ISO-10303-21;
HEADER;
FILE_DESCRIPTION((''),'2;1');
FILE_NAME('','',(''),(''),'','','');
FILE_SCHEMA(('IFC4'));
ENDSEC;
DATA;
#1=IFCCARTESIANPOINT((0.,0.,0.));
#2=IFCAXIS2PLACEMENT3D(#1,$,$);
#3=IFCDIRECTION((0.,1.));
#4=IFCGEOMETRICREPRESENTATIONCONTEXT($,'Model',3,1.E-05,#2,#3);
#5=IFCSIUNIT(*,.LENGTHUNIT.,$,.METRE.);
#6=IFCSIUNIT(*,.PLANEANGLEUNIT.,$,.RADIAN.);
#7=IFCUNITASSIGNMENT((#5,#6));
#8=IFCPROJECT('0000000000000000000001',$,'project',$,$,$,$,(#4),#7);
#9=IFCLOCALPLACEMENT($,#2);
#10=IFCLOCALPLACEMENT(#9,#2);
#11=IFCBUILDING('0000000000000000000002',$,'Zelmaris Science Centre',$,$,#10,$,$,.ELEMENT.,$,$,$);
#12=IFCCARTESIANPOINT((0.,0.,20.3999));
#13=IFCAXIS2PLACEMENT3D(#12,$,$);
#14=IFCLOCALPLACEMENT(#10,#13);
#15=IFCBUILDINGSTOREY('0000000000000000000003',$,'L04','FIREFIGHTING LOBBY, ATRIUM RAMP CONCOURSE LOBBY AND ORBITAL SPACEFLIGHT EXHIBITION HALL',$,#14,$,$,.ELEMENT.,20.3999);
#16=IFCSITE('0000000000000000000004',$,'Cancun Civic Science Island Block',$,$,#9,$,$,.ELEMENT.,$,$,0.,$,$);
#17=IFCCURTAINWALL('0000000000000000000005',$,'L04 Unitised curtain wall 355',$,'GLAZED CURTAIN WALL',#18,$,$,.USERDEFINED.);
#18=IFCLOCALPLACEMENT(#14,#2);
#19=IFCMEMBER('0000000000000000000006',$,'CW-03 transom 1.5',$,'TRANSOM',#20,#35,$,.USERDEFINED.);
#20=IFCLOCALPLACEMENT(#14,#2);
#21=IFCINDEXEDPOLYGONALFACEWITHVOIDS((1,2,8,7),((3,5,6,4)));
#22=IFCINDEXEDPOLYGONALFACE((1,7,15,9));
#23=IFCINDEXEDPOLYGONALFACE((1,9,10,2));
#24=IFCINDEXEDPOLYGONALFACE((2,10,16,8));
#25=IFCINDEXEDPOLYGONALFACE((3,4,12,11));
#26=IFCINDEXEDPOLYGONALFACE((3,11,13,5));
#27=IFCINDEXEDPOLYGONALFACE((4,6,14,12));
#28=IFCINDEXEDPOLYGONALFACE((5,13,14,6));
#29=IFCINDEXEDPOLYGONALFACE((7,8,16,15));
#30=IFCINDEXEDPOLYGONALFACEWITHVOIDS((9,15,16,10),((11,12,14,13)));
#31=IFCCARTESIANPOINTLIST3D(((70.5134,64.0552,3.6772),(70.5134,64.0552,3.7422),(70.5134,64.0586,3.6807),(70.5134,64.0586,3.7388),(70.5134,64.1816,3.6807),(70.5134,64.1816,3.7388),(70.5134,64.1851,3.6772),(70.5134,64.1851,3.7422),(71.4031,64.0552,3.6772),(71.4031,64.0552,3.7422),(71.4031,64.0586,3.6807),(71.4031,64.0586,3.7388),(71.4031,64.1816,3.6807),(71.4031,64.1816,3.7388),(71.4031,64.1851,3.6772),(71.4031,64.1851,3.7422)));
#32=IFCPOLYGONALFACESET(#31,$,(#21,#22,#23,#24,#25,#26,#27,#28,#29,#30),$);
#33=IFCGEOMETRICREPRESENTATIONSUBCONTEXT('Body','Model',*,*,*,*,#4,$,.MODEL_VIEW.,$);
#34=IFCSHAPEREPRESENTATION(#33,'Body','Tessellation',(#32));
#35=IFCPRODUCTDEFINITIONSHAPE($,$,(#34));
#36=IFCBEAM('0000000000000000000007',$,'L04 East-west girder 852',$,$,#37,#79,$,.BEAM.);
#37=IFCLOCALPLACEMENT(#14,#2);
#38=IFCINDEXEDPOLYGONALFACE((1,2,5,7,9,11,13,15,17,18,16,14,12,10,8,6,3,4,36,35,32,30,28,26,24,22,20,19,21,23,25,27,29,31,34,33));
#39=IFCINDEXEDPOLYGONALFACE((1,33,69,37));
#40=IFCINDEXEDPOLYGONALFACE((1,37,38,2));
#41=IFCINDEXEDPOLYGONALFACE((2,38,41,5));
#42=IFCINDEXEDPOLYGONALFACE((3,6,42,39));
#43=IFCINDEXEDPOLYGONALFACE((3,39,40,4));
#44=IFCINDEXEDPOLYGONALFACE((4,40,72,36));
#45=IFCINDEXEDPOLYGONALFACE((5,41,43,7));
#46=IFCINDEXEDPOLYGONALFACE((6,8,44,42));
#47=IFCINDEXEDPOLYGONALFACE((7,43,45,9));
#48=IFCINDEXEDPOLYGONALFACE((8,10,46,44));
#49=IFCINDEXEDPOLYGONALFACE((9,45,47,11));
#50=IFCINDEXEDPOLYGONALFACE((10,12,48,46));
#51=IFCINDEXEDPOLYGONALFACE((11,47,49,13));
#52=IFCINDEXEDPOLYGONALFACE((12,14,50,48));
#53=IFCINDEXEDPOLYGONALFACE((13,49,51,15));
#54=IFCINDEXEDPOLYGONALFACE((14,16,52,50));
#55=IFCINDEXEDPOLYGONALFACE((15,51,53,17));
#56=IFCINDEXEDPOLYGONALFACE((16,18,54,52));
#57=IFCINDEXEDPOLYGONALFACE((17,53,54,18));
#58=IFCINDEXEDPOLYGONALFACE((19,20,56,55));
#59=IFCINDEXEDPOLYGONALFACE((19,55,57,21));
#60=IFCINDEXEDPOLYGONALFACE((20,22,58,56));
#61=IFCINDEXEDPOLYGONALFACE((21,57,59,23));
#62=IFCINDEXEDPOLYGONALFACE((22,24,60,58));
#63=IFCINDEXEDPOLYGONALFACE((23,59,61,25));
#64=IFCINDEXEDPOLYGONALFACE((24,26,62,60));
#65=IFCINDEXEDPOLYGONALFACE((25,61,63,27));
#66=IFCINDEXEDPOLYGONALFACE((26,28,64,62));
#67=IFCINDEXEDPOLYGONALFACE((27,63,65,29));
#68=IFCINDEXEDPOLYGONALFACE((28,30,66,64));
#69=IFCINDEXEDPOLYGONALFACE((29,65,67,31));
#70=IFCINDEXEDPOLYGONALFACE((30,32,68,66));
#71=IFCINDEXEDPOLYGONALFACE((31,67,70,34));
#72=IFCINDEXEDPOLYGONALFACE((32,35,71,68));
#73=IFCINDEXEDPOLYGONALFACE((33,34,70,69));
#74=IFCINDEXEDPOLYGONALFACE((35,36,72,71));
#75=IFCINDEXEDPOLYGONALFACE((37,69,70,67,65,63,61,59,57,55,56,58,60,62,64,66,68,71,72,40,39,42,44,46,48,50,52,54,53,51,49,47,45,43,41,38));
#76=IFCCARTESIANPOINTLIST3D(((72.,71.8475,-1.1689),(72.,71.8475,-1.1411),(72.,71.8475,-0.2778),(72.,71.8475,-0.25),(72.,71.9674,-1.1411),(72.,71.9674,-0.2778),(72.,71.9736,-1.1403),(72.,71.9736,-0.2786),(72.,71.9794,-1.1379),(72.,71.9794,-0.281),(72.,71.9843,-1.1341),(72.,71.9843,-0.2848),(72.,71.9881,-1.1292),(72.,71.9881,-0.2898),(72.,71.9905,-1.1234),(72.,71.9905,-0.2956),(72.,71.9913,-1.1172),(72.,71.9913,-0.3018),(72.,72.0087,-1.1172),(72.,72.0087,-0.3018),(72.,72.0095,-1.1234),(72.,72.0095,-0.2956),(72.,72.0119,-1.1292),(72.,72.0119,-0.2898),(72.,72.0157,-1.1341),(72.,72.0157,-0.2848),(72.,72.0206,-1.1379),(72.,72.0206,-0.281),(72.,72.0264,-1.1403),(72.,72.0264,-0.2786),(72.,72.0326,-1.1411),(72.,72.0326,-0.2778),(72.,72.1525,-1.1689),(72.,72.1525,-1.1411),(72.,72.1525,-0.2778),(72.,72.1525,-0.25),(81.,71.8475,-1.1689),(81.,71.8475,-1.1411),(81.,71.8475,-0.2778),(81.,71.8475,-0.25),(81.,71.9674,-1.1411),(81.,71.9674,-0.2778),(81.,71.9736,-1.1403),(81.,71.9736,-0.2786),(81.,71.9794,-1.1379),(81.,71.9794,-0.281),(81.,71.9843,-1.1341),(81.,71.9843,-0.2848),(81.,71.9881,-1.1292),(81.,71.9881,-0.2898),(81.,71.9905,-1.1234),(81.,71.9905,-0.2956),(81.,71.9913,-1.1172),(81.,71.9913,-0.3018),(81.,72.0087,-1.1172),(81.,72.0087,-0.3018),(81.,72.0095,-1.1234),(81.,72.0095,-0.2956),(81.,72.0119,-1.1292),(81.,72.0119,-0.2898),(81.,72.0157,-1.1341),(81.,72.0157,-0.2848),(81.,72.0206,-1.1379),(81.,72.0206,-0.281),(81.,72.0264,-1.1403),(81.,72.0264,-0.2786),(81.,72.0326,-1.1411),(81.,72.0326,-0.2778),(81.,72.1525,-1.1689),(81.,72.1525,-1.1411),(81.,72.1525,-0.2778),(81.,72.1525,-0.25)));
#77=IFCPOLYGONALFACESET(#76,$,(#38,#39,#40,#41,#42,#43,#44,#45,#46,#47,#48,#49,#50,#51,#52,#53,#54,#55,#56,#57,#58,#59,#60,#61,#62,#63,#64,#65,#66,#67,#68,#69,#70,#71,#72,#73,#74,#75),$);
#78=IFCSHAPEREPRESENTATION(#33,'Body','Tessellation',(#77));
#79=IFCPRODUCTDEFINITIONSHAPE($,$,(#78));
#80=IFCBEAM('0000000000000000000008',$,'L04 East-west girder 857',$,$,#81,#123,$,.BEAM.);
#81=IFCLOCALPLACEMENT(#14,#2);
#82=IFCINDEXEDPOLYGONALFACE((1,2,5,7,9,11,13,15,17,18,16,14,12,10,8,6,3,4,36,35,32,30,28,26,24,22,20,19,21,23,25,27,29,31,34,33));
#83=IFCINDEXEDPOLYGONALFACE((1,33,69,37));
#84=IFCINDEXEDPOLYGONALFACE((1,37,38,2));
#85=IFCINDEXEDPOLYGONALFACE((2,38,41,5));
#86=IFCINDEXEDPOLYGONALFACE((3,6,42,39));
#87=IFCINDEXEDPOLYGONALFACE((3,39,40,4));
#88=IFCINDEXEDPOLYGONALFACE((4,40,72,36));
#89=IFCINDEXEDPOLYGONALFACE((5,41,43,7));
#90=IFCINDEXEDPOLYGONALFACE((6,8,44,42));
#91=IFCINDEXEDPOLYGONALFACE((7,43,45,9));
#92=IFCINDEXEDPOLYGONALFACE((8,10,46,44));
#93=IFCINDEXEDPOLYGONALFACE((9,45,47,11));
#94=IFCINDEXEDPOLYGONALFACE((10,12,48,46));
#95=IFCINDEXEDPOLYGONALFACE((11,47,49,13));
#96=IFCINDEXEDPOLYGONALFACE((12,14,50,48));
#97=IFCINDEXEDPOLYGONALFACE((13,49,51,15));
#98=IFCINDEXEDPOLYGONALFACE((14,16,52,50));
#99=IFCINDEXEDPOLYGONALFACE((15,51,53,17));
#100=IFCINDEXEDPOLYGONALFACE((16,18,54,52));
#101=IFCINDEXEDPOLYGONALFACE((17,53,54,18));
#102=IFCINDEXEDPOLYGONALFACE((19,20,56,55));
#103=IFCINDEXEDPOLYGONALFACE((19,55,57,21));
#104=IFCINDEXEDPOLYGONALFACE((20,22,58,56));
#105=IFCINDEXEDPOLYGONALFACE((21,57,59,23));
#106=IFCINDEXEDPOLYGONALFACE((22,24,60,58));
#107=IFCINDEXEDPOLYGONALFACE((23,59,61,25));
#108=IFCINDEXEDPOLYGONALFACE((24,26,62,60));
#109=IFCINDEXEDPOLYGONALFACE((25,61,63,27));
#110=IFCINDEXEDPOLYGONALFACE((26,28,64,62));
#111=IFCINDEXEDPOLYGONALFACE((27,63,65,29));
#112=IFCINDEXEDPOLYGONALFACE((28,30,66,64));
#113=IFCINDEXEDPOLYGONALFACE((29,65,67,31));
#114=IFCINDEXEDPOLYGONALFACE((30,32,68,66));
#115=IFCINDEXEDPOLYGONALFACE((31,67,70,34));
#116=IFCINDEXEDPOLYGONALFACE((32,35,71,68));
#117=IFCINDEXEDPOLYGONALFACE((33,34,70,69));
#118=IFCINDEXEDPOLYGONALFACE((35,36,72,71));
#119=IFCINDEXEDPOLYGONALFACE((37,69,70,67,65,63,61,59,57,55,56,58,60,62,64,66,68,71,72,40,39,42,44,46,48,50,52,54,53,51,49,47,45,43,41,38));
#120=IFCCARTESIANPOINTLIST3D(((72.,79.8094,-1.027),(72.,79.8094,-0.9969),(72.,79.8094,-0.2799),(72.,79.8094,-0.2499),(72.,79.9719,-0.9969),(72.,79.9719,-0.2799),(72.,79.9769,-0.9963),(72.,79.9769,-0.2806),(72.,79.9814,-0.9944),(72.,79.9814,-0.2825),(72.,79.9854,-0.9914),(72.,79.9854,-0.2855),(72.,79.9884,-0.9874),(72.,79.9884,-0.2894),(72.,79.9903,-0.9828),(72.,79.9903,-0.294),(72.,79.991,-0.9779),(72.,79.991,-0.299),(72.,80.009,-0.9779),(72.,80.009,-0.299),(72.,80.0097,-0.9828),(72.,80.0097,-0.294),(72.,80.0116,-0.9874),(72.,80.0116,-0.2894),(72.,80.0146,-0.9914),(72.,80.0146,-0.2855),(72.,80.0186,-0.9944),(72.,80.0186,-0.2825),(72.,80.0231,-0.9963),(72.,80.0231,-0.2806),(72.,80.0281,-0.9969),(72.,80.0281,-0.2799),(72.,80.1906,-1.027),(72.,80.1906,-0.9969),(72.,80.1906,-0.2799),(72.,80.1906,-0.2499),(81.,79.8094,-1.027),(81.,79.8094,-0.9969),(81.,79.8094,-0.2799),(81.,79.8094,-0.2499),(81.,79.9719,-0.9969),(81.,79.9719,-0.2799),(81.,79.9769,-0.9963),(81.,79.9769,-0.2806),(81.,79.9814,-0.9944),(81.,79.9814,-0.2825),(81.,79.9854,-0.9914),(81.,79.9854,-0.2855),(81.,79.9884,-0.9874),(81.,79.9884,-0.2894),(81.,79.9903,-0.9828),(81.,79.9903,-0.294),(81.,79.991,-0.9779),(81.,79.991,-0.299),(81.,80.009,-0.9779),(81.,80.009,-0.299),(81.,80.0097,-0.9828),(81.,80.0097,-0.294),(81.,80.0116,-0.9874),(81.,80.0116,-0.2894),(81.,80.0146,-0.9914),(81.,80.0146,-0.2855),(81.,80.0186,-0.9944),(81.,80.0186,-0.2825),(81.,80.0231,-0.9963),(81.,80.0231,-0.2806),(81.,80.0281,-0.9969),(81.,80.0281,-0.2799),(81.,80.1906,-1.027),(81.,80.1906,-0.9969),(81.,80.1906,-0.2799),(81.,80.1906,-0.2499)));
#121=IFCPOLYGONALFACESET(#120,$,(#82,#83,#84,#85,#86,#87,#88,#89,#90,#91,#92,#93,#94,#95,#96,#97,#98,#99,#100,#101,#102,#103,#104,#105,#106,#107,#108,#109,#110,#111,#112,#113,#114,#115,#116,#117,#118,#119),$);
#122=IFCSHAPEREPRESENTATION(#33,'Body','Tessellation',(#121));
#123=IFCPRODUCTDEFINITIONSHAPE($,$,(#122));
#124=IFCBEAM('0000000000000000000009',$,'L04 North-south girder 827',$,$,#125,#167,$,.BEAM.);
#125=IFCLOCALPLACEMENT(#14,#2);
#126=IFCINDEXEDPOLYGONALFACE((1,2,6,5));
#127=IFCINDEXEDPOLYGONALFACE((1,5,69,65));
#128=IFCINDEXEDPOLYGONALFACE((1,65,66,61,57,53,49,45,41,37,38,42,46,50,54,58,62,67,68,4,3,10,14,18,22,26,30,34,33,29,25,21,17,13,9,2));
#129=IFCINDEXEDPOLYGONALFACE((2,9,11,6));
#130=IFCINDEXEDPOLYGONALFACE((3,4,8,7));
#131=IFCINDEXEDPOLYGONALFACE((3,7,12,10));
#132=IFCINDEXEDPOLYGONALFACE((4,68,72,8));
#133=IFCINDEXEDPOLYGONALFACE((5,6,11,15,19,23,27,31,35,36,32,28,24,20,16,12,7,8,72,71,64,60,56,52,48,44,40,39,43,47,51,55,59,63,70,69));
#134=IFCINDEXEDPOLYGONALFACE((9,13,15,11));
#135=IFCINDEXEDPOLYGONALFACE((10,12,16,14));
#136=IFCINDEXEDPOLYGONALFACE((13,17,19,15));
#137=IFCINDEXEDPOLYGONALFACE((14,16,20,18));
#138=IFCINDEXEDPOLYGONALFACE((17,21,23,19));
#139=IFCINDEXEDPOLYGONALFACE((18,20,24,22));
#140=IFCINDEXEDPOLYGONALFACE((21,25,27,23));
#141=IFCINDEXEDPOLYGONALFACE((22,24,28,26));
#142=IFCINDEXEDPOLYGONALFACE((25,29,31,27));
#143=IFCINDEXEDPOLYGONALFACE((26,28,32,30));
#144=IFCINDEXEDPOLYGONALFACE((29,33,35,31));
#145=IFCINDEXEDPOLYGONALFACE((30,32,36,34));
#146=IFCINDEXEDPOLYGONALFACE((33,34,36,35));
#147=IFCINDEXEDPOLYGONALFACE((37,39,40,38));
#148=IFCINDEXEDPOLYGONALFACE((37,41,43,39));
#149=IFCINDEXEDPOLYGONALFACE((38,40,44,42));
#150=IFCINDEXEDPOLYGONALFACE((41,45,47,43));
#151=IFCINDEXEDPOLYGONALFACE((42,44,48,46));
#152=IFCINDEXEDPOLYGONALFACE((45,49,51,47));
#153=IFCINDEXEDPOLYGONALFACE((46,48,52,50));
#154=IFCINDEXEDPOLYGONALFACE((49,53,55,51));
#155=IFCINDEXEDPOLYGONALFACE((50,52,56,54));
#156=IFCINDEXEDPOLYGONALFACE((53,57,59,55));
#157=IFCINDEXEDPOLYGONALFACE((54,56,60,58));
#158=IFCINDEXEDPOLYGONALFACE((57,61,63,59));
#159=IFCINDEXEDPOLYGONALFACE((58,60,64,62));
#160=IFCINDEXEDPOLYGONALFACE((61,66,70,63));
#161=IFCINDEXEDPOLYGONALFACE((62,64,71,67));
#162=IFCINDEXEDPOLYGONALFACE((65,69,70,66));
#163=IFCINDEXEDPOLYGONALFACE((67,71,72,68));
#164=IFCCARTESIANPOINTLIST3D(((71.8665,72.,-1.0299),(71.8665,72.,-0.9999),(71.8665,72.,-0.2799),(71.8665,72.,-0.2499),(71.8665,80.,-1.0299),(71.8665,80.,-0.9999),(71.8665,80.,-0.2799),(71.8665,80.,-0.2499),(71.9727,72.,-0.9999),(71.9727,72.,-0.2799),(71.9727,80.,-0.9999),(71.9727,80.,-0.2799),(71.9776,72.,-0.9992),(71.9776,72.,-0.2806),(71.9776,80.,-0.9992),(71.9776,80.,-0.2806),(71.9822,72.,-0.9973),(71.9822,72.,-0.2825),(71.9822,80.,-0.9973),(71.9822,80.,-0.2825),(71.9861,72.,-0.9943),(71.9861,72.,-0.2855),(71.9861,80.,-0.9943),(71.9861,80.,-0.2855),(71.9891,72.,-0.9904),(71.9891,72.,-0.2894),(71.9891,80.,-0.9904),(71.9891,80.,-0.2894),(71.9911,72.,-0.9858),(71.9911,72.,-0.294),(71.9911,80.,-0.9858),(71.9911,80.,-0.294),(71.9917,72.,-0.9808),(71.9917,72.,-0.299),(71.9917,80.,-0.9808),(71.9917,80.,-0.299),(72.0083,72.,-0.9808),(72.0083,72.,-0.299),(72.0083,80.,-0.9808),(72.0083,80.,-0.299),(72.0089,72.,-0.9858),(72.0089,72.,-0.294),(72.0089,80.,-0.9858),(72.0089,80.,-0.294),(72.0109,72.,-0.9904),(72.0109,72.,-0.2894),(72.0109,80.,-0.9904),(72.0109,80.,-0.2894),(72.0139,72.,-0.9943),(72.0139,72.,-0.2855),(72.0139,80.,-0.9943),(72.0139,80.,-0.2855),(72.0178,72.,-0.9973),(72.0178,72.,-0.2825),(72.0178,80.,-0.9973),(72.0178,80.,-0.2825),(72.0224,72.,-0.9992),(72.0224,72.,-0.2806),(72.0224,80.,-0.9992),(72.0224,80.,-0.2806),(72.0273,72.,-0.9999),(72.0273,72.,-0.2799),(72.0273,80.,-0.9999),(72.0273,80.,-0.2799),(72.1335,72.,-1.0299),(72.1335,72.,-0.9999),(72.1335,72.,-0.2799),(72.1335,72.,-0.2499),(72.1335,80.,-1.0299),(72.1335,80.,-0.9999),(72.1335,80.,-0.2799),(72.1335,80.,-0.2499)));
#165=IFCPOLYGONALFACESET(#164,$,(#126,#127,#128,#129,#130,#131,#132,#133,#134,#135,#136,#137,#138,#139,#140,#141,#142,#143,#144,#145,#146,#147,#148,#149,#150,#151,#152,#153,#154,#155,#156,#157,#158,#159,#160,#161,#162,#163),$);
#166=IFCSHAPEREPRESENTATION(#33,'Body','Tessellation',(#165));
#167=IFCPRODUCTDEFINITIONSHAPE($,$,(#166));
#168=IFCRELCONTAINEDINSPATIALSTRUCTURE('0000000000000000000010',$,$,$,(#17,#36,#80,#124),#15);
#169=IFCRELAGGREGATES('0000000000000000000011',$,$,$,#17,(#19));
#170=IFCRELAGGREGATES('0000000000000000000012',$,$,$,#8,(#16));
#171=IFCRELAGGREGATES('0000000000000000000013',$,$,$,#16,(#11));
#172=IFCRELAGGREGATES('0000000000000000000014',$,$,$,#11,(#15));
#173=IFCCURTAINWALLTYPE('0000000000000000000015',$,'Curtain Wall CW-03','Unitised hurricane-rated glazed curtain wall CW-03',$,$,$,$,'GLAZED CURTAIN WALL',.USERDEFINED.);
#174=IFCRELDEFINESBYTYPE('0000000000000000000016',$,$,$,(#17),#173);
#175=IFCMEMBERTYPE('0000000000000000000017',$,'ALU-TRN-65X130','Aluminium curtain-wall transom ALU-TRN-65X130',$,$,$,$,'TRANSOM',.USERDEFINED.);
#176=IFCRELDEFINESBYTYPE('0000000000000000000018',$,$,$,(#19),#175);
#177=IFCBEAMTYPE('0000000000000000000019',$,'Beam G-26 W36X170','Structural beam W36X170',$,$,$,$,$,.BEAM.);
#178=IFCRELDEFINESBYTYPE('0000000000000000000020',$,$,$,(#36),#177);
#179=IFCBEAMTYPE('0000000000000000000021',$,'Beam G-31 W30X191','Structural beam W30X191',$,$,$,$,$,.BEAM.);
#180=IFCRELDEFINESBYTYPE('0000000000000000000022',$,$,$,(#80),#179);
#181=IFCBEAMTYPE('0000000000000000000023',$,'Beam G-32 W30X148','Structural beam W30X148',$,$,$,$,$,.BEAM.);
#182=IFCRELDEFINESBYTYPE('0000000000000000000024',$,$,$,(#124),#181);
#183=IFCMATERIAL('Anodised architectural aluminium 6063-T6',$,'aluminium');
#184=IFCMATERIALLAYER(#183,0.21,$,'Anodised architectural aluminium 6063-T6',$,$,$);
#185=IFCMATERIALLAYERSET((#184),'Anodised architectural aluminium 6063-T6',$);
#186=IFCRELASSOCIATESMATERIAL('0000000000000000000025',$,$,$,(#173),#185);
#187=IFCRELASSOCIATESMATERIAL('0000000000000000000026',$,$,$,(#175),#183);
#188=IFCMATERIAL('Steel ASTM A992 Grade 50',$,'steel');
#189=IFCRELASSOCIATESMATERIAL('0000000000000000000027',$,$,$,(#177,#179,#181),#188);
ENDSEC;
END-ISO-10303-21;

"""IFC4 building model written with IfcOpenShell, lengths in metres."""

from ifc_helpers import new_model, si_unit, direction, frame, origin, origin_2d, place, context, subcontext, project, spatial, hollow_rectangle, i_section, extrude, material, layer, layer_set, material_profile, profile_set, type_object, element, aggregate, save


model = new_model("IFC4")

# Units and contexts
model_context = context("Model", 3, precision=1e-05, world=origin(), true_north=direction((0.0, 1.0)))
body_context = subcontext(model_context, "Body", "Model", "MODEL_VIEW")
ifc_project = project(units=[si_unit("LENGTHUNIT", "METRE"), si_unit("PLANEANGLEUNIT", "RADIAN")], contexts=[model_context])

# Site, building, storey
site_placement = place(None, origin())
site = spatial("IfcSite", under=ifc_project, at=site_placement, Name="Cancun Civic Science Island Block", CompositionType="ELEMENT", RefElevation=0.0)
building_placement = place(site_placement, origin())
building = spatial("IfcBuilding", under=site, at=building_placement, Name="Zelmaris Science Centre", CompositionType="ELEMENT")
storey_placement = place(building_placement, frame((0.0, 0.0, 20.3999)))
storey = spatial("IfcBuildingStorey", under=building, at=storey_placement, Name="L04", Description="FIREFIGHTING LOBBY, ATRIUM RAMP CONCOURSE LOBBY AND ORBITAL SPACEFLIGHT EXHIBITION HALL", CompositionType="ELEMENT", Elevation=20.3999)

# Shared definitions
ifc_material_1 = material(Name="Steel ASTM A992 Grade 50", Category="steel")

# Curtain wall, member
ifc_material_2 = material(Name="Anodised architectural aluminium 6063-T6", Category="aluminium")
ifc_layer_1 = layer(ifc_material_2, 0.21, Name="Anodised architectural aluminium 6063-T6")
ifc_layer_set_1 = layer_set([ifc_layer_1], Name="Anodised architectural aluminium 6063-T6")
curtain_wall_type = type_object("IfcCurtainWallType", Name="Curtain Wall CW-03", Description="Unitised hurricane-rated glazed curtain wall CW-03", ElementType="GLAZED CURTAIN WALL", PredefinedType="USERDEFINED", material=ifc_layer_set_1)
curtain_wall_placement = place(storey_placement, origin())
curtain_wall = element("IfcCurtainWall", 1, at=curtain_wall_placement, inside=storey, type_object=curtain_wall_type, Name="L04 Unitised curtain wall 355", ObjectType="GLAZED CURTAIN WALL", PredefinedType="USERDEFINED")
ifc_material_profile_1 = material_profile(ifc_material_2, hollow_rectangle(XDim=0.0649, YDim=0.1299, WallThickness=0.0034, at=origin_2d()), Name="ALU-TRN-65X130")
ifc_profile_set_1 = profile_set([ifc_material_profile_1], Name="Anodised architectural aluminium 6063-T6")
member_type_1 = type_object("IfcMemberType", Name="ALU-TRN-65X130", Description="Aluminium curtain-wall transom ALU-TRN-65X130", ElementType="TRANSOM", PredefinedType="USERDEFINED", material=ifc_profile_set_1)
member_1_placement = place(storey_placement, frame((71.4031, 64.1201, 3.7097), z_axis=(-1.0, 0.0, 0.0), x_axis=(0.0, 0.0, 1.0)))
member_1 = element("IfcMember", 2, at=member_1_placement, type_object=member_type_1, Name="CW-03 transom 1.5", ObjectType="TRANSOM", PredefinedType="USERDEFINED", context=body_context, shape_type="SweptSolid", body=[
    extrude(hollow_rectangle(XDim=0.0649, YDim=0.1299, WallThickness=0.0034, at=origin_2d()), origin(), (0.0, 0.0, 1.0), 0.8896),
])

# Beams
ifc_material_profile_2 = material_profile(ifc_material_1, i_section(OverallWidth=0.3049, OverallDepth=0.9189, WebThickness=0.0173, FlangeThickness=0.0278, FilletRadius=0.0239, at=origin_2d()), Name="W36X170")
ifc_profile_set_2 = profile_set([ifc_material_profile_2], Name="Steel ASTM A992 Grade 50")
beam_type_1 = type_object("IfcBeamType", Name="Beam G-26 W36X170", Description="Structural beam W36X170", PredefinedType="BEAM", material=ifc_profile_set_2)
beam_1_placement = place(storey_placement, frame((72.0, 72.0, -0.7095), z_axis=(1.0, 0.0, 0.0), x_axis=(0.0, 1.0, 0.0)))
element("IfcBeam", 3, at=beam_1_placement, inside=storey, type_object=beam_type_1, Name="L04 East-west girder 852", PredefinedType="BEAM", context=body_context, shape_type="SweptSolid", body=[
    extrude(i_section(OverallWidth=0.3049, OverallDepth=0.9189, WebThickness=0.0173, FlangeThickness=0.0278, FilletRadius=0.0239, at=origin_2d()), origin(), (0.0, 0.0, 1.0), 9.0),
])
ifc_material_profile_3 = material_profile(ifc_material_1, i_section(OverallWidth=0.3811, OverallDepth=0.7771, WebThickness=0.0181, FlangeThickness=0.03, FilletRadius=0.019, at=origin_2d()), Name="W30X191")
ifc_profile_set_3 = profile_set([ifc_material_profile_3], Name="Steel ASTM A992 Grade 50")
beam_type_2 = type_object("IfcBeamType", Name="Beam G-31 W30X191", Description="Structural beam W30X191", PredefinedType="BEAM", material=ifc_profile_set_3)
beam_2_placement = place(storey_placement, frame((72.0, 80.0, -0.6384), z_axis=(1.0, 0.0, 0.0), x_axis=(0.0, 1.0, 0.0)))
element("IfcBeam", 4, at=beam_2_placement, inside=storey, type_object=beam_type_2, Name="L04 East-west girder 857", PredefinedType="BEAM", context=body_context, shape_type="SweptSolid", body=[
    extrude(i_section(OverallWidth=0.3811, OverallDepth=0.7771, WebThickness=0.0181, FlangeThickness=0.03, FilletRadius=0.019, at=origin_2d()), origin(), (0.0, 0.0, 1.0), 9.0),
])
ifc_material_profile_4 = material_profile(ifc_material_1, i_section(OverallWidth=0.2671, OverallDepth=0.78, WebThickness=0.0166, FlangeThickness=0.03, FilletRadius=0.019, at=origin_2d()), Name="W30X148")
ifc_profile_set_4 = profile_set([ifc_material_profile_4], Name="Steel ASTM A992 Grade 50")
beam_type_3 = type_object("IfcBeamType", Name="Beam G-32 W30X148", Description="Structural beam W30X148", PredefinedType="BEAM", material=ifc_profile_set_4)
beam_3_placement = place(storey_placement, frame((72.0, 72.0, -0.6399), z_axis=(0.0, 1.0, 0.0), x_axis=(-1.0, 0.0, 0.0)))
element("IfcBeam", 5, at=beam_3_placement, inside=storey, type_object=beam_type_3, Name="L04 North-south girder 827", PredefinedType="BEAM", context=body_context, shape_type="SweptSolid", body=[
    extrude(i_section(OverallWidth=0.2671, OverallDepth=0.78, WebThickness=0.0166, FlangeThickness=0.03, FilletRadius=0.019, at=origin_2d()), origin(), (0.0, 0.0, 1.0), 8.0),
])

aggregate(curtain_wall, [member_1])

save(model, "model.ifc")
